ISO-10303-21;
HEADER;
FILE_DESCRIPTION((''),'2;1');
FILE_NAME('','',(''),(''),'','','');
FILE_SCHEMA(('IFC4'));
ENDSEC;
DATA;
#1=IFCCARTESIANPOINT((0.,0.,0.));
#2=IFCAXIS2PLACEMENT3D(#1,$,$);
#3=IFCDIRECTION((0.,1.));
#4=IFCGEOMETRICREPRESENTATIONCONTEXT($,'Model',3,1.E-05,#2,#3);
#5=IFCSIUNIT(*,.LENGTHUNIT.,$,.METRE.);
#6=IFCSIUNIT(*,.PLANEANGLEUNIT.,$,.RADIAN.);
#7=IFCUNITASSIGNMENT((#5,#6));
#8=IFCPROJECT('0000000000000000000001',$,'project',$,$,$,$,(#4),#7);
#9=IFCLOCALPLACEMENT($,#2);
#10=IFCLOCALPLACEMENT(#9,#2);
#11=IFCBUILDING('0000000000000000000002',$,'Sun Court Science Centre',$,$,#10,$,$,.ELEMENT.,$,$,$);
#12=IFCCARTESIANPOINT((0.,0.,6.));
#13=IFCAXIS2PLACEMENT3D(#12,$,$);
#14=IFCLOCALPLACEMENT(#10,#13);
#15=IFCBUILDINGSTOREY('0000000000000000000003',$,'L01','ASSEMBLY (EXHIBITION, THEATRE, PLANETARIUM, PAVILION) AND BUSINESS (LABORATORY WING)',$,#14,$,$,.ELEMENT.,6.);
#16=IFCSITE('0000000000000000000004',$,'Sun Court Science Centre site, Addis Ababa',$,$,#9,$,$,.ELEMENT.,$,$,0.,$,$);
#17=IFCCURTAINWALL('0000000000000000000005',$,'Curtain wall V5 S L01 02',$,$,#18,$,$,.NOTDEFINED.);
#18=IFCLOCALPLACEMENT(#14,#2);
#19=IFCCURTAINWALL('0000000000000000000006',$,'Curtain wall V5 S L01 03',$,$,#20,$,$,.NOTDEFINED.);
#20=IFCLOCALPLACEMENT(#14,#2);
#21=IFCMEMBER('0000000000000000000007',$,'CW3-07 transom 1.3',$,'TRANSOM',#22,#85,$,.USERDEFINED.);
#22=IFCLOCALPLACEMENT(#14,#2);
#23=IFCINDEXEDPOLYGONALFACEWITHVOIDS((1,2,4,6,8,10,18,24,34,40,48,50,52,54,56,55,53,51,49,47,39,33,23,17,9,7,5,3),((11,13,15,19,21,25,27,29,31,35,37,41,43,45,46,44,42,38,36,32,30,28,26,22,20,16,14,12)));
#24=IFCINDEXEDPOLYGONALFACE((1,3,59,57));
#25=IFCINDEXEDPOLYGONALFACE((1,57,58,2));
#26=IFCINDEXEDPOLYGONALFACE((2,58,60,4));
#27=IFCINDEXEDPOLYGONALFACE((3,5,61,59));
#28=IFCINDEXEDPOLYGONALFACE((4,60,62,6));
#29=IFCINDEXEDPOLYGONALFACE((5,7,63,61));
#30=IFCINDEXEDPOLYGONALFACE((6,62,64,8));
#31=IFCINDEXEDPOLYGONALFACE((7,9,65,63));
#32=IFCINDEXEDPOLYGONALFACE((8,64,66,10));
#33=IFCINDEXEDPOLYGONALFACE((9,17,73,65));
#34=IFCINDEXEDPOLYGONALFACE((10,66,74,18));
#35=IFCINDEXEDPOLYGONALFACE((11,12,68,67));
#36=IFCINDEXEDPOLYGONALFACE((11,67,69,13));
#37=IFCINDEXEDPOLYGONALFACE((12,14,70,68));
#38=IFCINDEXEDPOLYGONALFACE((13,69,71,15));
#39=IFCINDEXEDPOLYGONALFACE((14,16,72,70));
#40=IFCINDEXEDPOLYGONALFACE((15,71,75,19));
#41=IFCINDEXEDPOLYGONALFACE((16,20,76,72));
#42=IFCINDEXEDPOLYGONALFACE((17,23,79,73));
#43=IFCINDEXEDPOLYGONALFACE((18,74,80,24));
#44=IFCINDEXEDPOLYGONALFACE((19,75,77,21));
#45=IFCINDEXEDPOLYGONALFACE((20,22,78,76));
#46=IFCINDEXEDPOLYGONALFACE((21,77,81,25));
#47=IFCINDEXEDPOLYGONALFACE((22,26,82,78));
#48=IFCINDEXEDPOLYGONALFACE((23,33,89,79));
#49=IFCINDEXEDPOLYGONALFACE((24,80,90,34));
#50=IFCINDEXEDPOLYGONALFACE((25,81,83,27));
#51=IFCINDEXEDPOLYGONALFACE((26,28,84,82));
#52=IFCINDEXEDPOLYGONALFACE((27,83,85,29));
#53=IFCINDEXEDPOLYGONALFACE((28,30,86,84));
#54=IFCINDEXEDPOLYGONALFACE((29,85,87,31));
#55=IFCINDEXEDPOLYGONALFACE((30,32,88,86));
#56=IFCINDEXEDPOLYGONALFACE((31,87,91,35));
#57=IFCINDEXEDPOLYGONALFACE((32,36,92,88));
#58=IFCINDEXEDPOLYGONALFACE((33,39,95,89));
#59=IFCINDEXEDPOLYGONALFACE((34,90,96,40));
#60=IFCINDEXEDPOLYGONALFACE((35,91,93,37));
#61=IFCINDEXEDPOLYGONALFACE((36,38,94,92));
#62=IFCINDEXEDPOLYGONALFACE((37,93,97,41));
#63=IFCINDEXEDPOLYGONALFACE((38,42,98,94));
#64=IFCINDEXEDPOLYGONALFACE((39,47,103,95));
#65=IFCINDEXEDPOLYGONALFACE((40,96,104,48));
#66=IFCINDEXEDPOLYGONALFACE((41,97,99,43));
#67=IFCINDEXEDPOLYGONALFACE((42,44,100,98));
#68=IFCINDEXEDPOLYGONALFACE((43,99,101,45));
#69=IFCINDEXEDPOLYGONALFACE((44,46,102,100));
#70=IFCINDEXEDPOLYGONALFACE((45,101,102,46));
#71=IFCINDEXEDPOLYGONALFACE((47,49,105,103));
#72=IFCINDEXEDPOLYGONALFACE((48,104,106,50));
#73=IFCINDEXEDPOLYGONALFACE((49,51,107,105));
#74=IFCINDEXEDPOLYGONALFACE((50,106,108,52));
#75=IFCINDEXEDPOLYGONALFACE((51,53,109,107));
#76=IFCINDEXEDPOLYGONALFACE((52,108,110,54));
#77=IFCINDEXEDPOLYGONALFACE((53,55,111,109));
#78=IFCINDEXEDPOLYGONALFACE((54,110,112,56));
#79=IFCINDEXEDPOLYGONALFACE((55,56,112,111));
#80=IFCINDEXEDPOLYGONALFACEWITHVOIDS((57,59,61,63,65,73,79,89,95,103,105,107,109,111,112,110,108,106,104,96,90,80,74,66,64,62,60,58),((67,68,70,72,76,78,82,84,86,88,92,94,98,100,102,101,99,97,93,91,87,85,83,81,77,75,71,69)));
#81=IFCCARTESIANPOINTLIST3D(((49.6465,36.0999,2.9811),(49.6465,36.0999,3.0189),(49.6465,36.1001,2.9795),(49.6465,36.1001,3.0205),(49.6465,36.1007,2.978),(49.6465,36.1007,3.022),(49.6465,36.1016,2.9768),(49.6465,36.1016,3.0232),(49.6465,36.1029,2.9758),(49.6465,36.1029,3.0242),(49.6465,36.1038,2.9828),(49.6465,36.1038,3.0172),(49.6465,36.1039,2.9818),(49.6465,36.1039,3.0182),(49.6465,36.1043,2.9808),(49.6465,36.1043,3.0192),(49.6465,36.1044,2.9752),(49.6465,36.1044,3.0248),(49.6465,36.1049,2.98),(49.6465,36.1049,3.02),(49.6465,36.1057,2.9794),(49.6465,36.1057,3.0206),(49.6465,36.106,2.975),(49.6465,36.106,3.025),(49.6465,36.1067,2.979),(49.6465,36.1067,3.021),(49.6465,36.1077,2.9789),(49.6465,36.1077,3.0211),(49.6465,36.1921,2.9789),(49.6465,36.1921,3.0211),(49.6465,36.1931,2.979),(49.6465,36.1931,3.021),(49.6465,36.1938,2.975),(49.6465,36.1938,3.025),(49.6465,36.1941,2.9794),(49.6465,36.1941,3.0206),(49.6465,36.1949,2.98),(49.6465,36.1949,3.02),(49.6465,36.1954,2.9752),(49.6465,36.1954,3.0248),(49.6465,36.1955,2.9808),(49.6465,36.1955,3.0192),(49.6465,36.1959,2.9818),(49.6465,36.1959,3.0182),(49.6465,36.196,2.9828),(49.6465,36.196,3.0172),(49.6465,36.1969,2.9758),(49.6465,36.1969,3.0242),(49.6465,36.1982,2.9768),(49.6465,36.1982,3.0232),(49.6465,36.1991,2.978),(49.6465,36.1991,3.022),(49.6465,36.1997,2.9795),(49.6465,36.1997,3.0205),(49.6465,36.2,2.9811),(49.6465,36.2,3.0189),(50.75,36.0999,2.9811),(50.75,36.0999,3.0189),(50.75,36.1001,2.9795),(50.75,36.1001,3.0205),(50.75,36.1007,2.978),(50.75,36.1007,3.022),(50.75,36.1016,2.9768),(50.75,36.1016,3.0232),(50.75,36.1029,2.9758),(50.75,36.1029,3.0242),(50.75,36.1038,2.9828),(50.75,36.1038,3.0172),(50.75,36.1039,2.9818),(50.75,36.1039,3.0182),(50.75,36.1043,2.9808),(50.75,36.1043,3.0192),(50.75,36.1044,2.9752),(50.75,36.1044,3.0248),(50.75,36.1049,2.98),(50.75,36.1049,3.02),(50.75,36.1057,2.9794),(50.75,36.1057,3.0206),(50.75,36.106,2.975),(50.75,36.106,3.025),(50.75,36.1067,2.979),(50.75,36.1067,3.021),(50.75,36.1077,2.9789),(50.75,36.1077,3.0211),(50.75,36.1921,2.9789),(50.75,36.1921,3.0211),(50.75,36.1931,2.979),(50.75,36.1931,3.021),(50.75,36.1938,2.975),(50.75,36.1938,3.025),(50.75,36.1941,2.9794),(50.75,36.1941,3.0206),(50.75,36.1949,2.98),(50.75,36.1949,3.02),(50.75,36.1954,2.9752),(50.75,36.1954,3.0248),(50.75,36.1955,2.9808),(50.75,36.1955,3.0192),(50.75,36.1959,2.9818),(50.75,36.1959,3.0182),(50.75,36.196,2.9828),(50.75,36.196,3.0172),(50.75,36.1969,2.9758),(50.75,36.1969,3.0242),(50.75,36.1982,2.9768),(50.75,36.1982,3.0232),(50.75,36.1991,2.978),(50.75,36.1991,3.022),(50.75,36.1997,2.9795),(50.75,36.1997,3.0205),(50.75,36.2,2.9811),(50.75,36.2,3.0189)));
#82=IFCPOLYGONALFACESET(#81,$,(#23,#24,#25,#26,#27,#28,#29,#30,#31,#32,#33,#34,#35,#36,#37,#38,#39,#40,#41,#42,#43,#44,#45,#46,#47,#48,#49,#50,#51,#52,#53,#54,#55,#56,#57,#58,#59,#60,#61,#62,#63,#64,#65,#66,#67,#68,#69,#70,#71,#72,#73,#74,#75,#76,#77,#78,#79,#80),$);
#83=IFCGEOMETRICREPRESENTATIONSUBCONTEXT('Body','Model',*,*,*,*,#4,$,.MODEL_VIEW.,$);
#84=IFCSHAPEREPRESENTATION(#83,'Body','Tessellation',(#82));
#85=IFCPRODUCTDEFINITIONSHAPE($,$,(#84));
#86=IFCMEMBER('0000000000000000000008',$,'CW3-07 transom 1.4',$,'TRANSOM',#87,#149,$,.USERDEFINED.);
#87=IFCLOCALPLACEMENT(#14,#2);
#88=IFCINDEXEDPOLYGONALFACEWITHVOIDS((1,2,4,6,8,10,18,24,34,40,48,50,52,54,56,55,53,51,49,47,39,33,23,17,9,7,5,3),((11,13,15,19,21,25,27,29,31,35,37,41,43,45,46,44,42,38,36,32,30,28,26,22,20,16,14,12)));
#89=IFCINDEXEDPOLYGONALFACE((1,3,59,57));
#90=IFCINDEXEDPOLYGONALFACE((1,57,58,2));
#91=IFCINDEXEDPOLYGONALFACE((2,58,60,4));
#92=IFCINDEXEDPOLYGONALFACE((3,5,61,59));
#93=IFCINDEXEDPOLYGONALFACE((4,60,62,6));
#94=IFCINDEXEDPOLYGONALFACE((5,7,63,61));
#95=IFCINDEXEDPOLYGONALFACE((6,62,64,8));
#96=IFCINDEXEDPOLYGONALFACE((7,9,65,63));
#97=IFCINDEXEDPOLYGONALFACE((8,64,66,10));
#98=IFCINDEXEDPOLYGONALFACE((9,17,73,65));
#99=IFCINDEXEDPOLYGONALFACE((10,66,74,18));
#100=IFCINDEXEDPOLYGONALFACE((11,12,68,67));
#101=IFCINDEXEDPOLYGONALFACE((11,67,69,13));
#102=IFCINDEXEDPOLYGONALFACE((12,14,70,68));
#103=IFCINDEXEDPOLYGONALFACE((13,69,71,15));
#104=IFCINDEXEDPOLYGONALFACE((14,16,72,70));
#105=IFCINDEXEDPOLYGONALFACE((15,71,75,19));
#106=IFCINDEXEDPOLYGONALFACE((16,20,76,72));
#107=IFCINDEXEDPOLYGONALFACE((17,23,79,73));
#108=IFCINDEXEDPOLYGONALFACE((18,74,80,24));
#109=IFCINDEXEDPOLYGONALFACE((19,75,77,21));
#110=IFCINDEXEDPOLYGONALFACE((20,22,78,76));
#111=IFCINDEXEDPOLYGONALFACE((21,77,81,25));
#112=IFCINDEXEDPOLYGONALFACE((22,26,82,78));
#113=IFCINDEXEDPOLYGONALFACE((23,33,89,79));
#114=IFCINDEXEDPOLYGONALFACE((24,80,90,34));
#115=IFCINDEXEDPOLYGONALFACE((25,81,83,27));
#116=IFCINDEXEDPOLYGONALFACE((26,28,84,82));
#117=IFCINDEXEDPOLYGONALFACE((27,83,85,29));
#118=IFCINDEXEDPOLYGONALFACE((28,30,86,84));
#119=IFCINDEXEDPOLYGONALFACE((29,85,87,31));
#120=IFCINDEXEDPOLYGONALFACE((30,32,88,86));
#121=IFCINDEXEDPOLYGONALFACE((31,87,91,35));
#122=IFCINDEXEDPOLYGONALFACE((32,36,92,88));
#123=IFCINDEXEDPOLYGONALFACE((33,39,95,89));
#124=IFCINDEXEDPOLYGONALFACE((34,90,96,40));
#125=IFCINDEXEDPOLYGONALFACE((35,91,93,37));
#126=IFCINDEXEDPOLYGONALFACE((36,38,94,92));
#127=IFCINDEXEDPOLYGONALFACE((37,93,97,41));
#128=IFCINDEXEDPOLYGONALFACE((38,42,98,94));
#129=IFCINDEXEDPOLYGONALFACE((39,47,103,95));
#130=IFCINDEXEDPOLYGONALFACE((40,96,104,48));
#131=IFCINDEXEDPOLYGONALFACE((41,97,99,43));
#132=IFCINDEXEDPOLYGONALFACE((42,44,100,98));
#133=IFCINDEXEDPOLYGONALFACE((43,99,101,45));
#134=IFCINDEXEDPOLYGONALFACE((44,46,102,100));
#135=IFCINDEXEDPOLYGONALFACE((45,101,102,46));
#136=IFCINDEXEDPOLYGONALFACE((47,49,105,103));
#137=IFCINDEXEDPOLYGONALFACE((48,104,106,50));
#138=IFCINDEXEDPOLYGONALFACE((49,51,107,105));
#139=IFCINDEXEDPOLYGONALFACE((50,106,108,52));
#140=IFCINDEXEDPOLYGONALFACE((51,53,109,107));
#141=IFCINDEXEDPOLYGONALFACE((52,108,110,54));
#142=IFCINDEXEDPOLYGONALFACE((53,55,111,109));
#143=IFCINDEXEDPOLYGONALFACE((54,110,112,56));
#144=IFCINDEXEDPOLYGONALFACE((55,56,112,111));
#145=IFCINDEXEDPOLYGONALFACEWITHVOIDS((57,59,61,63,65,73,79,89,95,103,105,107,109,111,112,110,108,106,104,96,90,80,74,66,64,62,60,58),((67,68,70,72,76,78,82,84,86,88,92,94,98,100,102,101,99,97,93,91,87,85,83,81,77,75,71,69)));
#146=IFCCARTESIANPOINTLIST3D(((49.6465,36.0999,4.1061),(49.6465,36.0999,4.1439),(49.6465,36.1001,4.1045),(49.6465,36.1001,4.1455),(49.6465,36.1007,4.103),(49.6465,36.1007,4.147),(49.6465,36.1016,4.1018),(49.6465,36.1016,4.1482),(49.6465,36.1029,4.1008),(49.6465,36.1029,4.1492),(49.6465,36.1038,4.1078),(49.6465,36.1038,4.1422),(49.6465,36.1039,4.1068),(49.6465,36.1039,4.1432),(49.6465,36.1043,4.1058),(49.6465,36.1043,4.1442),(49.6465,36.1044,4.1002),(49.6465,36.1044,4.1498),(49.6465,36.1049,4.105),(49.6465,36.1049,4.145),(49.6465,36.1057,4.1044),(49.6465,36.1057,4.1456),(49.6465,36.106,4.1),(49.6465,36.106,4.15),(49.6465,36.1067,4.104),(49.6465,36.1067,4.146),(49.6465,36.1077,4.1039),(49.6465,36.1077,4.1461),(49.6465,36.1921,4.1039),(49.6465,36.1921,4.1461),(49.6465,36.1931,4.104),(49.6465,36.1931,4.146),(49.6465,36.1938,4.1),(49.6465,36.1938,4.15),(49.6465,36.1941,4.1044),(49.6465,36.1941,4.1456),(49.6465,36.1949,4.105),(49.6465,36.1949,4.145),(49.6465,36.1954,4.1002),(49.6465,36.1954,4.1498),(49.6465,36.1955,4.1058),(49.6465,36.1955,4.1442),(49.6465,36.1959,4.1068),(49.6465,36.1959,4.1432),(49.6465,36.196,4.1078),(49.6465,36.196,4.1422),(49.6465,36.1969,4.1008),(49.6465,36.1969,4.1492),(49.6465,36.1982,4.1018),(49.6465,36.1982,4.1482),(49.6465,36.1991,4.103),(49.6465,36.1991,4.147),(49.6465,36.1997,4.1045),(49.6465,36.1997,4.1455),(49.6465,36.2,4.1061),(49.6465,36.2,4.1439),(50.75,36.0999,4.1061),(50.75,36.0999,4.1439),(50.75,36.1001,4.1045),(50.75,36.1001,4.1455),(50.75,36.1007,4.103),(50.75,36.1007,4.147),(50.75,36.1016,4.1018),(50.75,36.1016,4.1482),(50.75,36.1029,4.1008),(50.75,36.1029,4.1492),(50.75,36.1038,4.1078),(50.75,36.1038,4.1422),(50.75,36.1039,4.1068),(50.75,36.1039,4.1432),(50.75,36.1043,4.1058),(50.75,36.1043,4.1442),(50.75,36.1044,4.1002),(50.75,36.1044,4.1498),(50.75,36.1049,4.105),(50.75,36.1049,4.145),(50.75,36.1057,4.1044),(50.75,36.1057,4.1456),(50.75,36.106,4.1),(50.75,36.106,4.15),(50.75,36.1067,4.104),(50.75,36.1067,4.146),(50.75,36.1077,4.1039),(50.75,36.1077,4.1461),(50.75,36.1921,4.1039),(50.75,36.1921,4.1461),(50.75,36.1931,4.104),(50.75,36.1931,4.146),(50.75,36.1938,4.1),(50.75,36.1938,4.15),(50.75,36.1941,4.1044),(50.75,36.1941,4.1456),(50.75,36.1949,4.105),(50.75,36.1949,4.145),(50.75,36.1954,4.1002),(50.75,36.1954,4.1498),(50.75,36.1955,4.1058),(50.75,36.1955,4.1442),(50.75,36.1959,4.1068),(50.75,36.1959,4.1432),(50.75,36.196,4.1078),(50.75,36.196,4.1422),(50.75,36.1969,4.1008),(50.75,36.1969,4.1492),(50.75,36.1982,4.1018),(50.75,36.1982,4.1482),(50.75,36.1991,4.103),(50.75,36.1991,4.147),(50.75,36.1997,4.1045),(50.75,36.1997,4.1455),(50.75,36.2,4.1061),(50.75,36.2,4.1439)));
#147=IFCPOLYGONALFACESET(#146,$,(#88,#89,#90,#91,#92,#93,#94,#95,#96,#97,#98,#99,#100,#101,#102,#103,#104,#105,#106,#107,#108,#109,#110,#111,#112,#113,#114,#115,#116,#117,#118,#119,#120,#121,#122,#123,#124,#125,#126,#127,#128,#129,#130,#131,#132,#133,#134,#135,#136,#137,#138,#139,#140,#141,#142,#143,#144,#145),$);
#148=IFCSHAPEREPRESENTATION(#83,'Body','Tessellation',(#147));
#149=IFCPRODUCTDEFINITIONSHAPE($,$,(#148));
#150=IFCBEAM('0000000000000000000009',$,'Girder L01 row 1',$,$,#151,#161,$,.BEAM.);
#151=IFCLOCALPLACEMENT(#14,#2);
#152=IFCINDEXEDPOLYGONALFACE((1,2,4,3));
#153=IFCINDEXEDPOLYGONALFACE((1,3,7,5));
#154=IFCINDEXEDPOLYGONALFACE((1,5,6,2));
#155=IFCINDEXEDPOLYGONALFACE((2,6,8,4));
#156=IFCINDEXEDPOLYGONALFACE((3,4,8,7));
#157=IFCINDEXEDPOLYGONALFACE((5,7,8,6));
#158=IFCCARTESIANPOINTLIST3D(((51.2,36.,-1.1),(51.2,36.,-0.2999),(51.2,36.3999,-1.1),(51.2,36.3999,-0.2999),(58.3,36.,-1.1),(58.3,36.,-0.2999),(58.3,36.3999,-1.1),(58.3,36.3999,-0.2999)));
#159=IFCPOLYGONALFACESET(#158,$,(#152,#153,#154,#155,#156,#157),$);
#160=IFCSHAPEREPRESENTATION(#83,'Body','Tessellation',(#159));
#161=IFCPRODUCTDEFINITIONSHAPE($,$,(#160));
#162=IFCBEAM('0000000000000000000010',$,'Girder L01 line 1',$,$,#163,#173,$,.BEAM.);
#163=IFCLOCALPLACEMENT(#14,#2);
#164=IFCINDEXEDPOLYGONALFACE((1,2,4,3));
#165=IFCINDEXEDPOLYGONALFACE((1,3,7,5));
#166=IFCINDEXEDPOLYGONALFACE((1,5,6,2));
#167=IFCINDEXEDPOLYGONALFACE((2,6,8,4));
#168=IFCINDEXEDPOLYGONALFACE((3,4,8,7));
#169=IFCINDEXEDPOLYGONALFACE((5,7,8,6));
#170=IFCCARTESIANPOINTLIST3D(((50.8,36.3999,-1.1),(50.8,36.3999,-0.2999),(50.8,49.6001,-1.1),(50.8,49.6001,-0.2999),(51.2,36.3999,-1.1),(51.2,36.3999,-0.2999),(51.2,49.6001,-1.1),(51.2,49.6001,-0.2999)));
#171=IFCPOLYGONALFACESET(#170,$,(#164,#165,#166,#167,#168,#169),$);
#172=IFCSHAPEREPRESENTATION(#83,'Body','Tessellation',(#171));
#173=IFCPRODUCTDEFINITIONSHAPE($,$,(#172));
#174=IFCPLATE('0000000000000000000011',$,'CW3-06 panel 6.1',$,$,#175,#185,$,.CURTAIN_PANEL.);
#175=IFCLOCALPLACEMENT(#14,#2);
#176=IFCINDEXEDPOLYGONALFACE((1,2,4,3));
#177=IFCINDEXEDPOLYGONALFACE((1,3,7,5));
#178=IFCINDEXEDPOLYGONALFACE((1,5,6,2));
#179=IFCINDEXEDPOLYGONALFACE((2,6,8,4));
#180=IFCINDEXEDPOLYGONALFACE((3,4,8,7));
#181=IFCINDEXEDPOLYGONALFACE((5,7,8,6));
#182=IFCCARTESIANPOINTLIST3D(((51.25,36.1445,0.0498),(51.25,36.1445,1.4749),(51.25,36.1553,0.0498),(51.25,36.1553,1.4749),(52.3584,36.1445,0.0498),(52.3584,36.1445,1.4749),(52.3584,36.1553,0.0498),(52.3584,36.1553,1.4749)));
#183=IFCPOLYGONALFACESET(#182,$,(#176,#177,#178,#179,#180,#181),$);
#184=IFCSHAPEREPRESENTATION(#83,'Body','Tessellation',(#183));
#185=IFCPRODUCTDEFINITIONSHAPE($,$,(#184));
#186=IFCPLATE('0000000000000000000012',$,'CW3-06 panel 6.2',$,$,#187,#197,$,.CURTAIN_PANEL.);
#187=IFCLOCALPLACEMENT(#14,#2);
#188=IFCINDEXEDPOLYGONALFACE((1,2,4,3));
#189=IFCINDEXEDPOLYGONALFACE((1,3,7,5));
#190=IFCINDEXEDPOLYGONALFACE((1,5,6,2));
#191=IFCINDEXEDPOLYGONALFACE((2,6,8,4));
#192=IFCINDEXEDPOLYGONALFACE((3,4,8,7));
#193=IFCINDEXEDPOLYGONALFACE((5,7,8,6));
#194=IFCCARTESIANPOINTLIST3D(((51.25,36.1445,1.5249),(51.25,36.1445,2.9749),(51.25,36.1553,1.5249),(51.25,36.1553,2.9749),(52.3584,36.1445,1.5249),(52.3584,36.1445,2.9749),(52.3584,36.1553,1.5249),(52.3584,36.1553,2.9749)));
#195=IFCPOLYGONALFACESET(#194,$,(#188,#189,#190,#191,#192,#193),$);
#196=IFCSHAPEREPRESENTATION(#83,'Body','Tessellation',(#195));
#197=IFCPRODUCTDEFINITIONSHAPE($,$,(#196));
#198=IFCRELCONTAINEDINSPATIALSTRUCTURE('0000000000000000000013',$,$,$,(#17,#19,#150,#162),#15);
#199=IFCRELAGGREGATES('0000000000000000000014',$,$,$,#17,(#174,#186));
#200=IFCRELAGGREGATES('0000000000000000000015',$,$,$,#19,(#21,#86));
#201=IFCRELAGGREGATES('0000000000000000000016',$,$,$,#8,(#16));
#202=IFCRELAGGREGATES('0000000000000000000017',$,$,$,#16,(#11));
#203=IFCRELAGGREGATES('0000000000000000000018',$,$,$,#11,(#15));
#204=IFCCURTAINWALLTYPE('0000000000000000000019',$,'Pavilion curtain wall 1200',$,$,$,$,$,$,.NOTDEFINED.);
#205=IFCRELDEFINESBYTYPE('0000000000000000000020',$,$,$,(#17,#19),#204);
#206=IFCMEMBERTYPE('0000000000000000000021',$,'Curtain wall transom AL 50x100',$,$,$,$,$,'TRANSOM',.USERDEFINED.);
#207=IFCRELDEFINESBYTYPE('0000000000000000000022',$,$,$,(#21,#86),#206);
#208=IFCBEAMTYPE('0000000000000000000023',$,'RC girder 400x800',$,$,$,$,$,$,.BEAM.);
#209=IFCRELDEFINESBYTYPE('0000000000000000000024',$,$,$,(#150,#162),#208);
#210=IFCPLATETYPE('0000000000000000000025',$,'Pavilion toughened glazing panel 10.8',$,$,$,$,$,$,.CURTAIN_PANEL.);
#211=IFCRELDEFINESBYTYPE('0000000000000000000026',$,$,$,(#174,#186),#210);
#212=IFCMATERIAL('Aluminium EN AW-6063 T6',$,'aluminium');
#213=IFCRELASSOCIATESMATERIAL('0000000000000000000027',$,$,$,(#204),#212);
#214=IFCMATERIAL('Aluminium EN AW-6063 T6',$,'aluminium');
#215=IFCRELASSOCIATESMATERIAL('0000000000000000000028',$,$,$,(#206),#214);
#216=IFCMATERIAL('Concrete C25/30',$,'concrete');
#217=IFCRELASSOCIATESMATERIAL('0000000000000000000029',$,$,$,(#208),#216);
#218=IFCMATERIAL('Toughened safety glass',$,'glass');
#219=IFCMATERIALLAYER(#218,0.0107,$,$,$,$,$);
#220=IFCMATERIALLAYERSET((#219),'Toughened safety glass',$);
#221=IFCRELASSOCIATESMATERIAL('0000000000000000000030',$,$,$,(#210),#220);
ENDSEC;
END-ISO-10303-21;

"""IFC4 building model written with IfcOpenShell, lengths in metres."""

from ifc_helpers import new_model, si_unit, direction, frame, origin, origin_2d, place, context, subcontext, project, spatial, rectangle, hollow_rectangle, extrude, material, layer, layer_set, material_profile, profile_set, type_object, element, aggregate, save


model = new_model("IFC4")

# Units and contexts
model_context = context("Model", 3, precision=1e-05, world=origin(), true_north=direction((0.0, 1.0)))
body_context = subcontext(model_context, "Body", "Model", "MODEL_VIEW")
ifc_project = project(units=[si_unit("LENGTHUNIT", "METRE"), si_unit("PLANEANGLEUNIT", "RADIAN")], contexts=[model_context])

# Site, building, storey
site_placement = place(None, origin())
site = spatial("IfcSite", under=ifc_project, at=site_placement, Name="Sun Court Science Centre site, Addis Ababa", CompositionType="ELEMENT", RefElevation=0.0)
building_placement = place(site_placement, origin())
building = spatial("IfcBuilding", under=site, at=building_placement, Name="Sun Court Science Centre", CompositionType="ELEMENT")
storey_placement = place(building_placement, frame((0.0, 0.0, 6.0)))
storey = spatial("IfcBuildingStorey", under=building, at=storey_placement, Name="L01", Description="ASSEMBLY (EXHIBITION, THEATRE, PLANETARIUM, PAVILION) AND BUSINESS (LABORATORY WING)", CompositionType="ELEMENT", Elevation=6.0)

# Curtain wall
ifc_material_1 = material(Name="Aluminium EN AW-6063 T6", Category="aluminium")
curtain_wall_type = type_object("IfcCurtainWallType", Name="Pavilion curtain wall 1200", PredefinedType="NOTDEFINED", material=ifc_material_1)
curtain_wall_1_placement = place(storey_placement, origin())
curtain_wall_1 = element("IfcCurtainWall", 1, at=curtain_wall_1_placement, inside=storey, type_object=curtain_wall_type, Name="Curtain wall V5 S L01 02", PredefinedType="NOTDEFINED")

# Curtain wall
curtain_wall_2_placement = place(storey_placement, origin())
curtain_wall_2 = element("IfcCurtainWall", 2, at=curtain_wall_2_placement, inside=storey, type_object=curtain_wall_type, Name="Curtain wall V5 S L01 03", PredefinedType="NOTDEFINED")

# Members
ifc_material_2 = material(Name="Aluminium EN AW-6063 T6", Category="aluminium")
ifc_material_profile_1 = material_profile(ifc_material_2, hollow_rectangle(XDim=0.05, YDim=0.1001, WallThickness=0.0039, InnerFilletRadius=0.0039, OuterFilletRadius=0.0061, at=origin_2d()), Name="AL 50x100x4")
ifc_profile_set_1 = profile_set([ifc_material_profile_1], Name="Aluminium EN AW-6063 T6")
member_type_1 = type_object("IfcMemberType", Name="Curtain wall transom AL 50x100", ElementType="TRANSOM", PredefinedType="USERDEFINED", material=ifc_profile_set_1)
member_1_placement = place(storey_placement, frame((50.75, 36.1499, 3.0), z_axis=(-1.0, 0.0, 0.0), x_axis=(0.0, 0.0, 1.0)))
member_1 = element("IfcMember", 3, at=member_1_placement, type_object=member_type_1, Name="CW3-07 transom 1.3", ObjectType="TRANSOM", PredefinedType="USERDEFINED", context=body_context, shape_type="SweptSolid", body=[
    extrude(hollow_rectangle(XDim=0.05, YDim=0.1001, WallThickness=0.0039, InnerFilletRadius=0.0039, OuterFilletRadius=0.0061, at=origin_2d()), origin(), (0.0, 0.0, 1.0), 1.1035),
])
member_2_placement = place(storey_placement, frame((50.75, 36.1499, 4.125), z_axis=(-1.0, 0.0, 0.0), x_axis=(0.0, 0.0, 1.0)))
member_2 = element("IfcMember", 4, at=member_2_placement, type_object=member_type_1, Name="CW3-07 transom 1.4", ObjectType="TRANSOM", PredefinedType="USERDEFINED", context=body_context, shape_type="SweptSolid", body=[
    extrude(hollow_rectangle(XDim=0.05, YDim=0.1001, WallThickness=0.0039, InnerFilletRadius=0.0039, OuterFilletRadius=0.0061, at=origin_2d()), origin(), (0.0, 0.0, 1.0), 1.1035),
])

# Beams
ifc_material_3 = material(Name="Concrete C25/30", Category="concrete")
ifc_material_profile_2 = material_profile(ifc_material_3, rectangle(XDim=0.3999, YDim=0.8, at=origin_2d()), Name="RC 400x800")
ifc_profile_set_2 = profile_set([ifc_material_profile_2], Name="Concrete C25/30")
beam_type = type_object("IfcBeamType", Name="RC girder 400x800", PredefinedType="BEAM", material=ifc_profile_set_2)
beam_1_placement = place(storey_placement, frame((51.2, 36.2, -0.7), z_axis=(1.0, 0.0, 0.0), x_axis=(0.0, 1.0, 0.0)))
element("IfcBeam", 5, at=beam_1_placement, inside=storey, type_object=beam_type, Name="Girder L01 row 1", PredefinedType="BEAM", context=body_context, shape_type="SweptSolid", body=[
    extrude(rectangle(XDim=0.3999, YDim=0.8, at=origin_2d()), origin(), (0.0, 0.0, 1.0), 7.1001),
])
beam_2_placement = place(storey_placement, frame((51.0, 36.3999, -0.7), z_axis=(0.0, 1.0, 0.0), x_axis=(-1.0, 0.0, 0.0)))
element("IfcBeam", 6, at=beam_2_placement, inside=storey, type_object=beam_type, Name="Girder L01 line 1", PredefinedType="BEAM", context=body_context, shape_type="SweptSolid", body=[
    extrude(rectangle(XDim=0.3999, YDim=0.8, at=origin_2d()), origin(), (0.0, 0.0, 1.0), 13.2002),
])

# Plates
ifc_material_4 = material(Name="Toughened safety glass", Category="glass")
ifc_layer_1 = layer(ifc_material_4, 0.0107)
ifc_layer_set_1 = layer_set([ifc_layer_1], Name="Toughened safety glass")
plate_type = type_object("IfcPlateType", Name="Pavilion toughened glazing panel 10.8", PredefinedType="CURTAIN_PANEL", material=ifc_layer_set_1)
plate_1_placement = place(storey_placement, frame((51.8042, 36.1499, 0.0498), z_axis=(0.0, 0.0, 1.0), x_axis=(-1.0, 0.0, 0.0)))
plate_1 = element("IfcPlate", 7, at=plate_1_placement, type_object=plate_type, Name="CW3-06 panel 6.1", PredefinedType="CURTAIN_PANEL", context=body_context, shape_type="SweptSolid", body=[
    extrude(rectangle(XDim=1.1084, YDim=0.0107, at=origin_2d()), origin(), (0.0, 0.0, 1.0), 1.425),
])
plate_2_placement = place(storey_placement, frame((51.8042, 36.1499, 1.5249), z_axis=(0.0, 0.0, 1.0), x_axis=(-1.0, 0.0, 0.0)))
plate_2 = element("IfcPlate", 8, at=plate_2_placement, type_object=plate_type, Name="CW3-06 panel 6.2", PredefinedType="CURTAIN_PANEL", context=body_context, shape_type="SweptSolid", body=[
    extrude(rectangle(XDim=1.1084, YDim=0.0107, at=origin_2d()), origin(), (0.0, 0.0, 1.0), 1.45),
])
aggregate(curtain_wall_1, [plate_1, plate_2])
aggregate(curtain_wall_2, [member_1, member_2])

save(model, "model.ifc")
